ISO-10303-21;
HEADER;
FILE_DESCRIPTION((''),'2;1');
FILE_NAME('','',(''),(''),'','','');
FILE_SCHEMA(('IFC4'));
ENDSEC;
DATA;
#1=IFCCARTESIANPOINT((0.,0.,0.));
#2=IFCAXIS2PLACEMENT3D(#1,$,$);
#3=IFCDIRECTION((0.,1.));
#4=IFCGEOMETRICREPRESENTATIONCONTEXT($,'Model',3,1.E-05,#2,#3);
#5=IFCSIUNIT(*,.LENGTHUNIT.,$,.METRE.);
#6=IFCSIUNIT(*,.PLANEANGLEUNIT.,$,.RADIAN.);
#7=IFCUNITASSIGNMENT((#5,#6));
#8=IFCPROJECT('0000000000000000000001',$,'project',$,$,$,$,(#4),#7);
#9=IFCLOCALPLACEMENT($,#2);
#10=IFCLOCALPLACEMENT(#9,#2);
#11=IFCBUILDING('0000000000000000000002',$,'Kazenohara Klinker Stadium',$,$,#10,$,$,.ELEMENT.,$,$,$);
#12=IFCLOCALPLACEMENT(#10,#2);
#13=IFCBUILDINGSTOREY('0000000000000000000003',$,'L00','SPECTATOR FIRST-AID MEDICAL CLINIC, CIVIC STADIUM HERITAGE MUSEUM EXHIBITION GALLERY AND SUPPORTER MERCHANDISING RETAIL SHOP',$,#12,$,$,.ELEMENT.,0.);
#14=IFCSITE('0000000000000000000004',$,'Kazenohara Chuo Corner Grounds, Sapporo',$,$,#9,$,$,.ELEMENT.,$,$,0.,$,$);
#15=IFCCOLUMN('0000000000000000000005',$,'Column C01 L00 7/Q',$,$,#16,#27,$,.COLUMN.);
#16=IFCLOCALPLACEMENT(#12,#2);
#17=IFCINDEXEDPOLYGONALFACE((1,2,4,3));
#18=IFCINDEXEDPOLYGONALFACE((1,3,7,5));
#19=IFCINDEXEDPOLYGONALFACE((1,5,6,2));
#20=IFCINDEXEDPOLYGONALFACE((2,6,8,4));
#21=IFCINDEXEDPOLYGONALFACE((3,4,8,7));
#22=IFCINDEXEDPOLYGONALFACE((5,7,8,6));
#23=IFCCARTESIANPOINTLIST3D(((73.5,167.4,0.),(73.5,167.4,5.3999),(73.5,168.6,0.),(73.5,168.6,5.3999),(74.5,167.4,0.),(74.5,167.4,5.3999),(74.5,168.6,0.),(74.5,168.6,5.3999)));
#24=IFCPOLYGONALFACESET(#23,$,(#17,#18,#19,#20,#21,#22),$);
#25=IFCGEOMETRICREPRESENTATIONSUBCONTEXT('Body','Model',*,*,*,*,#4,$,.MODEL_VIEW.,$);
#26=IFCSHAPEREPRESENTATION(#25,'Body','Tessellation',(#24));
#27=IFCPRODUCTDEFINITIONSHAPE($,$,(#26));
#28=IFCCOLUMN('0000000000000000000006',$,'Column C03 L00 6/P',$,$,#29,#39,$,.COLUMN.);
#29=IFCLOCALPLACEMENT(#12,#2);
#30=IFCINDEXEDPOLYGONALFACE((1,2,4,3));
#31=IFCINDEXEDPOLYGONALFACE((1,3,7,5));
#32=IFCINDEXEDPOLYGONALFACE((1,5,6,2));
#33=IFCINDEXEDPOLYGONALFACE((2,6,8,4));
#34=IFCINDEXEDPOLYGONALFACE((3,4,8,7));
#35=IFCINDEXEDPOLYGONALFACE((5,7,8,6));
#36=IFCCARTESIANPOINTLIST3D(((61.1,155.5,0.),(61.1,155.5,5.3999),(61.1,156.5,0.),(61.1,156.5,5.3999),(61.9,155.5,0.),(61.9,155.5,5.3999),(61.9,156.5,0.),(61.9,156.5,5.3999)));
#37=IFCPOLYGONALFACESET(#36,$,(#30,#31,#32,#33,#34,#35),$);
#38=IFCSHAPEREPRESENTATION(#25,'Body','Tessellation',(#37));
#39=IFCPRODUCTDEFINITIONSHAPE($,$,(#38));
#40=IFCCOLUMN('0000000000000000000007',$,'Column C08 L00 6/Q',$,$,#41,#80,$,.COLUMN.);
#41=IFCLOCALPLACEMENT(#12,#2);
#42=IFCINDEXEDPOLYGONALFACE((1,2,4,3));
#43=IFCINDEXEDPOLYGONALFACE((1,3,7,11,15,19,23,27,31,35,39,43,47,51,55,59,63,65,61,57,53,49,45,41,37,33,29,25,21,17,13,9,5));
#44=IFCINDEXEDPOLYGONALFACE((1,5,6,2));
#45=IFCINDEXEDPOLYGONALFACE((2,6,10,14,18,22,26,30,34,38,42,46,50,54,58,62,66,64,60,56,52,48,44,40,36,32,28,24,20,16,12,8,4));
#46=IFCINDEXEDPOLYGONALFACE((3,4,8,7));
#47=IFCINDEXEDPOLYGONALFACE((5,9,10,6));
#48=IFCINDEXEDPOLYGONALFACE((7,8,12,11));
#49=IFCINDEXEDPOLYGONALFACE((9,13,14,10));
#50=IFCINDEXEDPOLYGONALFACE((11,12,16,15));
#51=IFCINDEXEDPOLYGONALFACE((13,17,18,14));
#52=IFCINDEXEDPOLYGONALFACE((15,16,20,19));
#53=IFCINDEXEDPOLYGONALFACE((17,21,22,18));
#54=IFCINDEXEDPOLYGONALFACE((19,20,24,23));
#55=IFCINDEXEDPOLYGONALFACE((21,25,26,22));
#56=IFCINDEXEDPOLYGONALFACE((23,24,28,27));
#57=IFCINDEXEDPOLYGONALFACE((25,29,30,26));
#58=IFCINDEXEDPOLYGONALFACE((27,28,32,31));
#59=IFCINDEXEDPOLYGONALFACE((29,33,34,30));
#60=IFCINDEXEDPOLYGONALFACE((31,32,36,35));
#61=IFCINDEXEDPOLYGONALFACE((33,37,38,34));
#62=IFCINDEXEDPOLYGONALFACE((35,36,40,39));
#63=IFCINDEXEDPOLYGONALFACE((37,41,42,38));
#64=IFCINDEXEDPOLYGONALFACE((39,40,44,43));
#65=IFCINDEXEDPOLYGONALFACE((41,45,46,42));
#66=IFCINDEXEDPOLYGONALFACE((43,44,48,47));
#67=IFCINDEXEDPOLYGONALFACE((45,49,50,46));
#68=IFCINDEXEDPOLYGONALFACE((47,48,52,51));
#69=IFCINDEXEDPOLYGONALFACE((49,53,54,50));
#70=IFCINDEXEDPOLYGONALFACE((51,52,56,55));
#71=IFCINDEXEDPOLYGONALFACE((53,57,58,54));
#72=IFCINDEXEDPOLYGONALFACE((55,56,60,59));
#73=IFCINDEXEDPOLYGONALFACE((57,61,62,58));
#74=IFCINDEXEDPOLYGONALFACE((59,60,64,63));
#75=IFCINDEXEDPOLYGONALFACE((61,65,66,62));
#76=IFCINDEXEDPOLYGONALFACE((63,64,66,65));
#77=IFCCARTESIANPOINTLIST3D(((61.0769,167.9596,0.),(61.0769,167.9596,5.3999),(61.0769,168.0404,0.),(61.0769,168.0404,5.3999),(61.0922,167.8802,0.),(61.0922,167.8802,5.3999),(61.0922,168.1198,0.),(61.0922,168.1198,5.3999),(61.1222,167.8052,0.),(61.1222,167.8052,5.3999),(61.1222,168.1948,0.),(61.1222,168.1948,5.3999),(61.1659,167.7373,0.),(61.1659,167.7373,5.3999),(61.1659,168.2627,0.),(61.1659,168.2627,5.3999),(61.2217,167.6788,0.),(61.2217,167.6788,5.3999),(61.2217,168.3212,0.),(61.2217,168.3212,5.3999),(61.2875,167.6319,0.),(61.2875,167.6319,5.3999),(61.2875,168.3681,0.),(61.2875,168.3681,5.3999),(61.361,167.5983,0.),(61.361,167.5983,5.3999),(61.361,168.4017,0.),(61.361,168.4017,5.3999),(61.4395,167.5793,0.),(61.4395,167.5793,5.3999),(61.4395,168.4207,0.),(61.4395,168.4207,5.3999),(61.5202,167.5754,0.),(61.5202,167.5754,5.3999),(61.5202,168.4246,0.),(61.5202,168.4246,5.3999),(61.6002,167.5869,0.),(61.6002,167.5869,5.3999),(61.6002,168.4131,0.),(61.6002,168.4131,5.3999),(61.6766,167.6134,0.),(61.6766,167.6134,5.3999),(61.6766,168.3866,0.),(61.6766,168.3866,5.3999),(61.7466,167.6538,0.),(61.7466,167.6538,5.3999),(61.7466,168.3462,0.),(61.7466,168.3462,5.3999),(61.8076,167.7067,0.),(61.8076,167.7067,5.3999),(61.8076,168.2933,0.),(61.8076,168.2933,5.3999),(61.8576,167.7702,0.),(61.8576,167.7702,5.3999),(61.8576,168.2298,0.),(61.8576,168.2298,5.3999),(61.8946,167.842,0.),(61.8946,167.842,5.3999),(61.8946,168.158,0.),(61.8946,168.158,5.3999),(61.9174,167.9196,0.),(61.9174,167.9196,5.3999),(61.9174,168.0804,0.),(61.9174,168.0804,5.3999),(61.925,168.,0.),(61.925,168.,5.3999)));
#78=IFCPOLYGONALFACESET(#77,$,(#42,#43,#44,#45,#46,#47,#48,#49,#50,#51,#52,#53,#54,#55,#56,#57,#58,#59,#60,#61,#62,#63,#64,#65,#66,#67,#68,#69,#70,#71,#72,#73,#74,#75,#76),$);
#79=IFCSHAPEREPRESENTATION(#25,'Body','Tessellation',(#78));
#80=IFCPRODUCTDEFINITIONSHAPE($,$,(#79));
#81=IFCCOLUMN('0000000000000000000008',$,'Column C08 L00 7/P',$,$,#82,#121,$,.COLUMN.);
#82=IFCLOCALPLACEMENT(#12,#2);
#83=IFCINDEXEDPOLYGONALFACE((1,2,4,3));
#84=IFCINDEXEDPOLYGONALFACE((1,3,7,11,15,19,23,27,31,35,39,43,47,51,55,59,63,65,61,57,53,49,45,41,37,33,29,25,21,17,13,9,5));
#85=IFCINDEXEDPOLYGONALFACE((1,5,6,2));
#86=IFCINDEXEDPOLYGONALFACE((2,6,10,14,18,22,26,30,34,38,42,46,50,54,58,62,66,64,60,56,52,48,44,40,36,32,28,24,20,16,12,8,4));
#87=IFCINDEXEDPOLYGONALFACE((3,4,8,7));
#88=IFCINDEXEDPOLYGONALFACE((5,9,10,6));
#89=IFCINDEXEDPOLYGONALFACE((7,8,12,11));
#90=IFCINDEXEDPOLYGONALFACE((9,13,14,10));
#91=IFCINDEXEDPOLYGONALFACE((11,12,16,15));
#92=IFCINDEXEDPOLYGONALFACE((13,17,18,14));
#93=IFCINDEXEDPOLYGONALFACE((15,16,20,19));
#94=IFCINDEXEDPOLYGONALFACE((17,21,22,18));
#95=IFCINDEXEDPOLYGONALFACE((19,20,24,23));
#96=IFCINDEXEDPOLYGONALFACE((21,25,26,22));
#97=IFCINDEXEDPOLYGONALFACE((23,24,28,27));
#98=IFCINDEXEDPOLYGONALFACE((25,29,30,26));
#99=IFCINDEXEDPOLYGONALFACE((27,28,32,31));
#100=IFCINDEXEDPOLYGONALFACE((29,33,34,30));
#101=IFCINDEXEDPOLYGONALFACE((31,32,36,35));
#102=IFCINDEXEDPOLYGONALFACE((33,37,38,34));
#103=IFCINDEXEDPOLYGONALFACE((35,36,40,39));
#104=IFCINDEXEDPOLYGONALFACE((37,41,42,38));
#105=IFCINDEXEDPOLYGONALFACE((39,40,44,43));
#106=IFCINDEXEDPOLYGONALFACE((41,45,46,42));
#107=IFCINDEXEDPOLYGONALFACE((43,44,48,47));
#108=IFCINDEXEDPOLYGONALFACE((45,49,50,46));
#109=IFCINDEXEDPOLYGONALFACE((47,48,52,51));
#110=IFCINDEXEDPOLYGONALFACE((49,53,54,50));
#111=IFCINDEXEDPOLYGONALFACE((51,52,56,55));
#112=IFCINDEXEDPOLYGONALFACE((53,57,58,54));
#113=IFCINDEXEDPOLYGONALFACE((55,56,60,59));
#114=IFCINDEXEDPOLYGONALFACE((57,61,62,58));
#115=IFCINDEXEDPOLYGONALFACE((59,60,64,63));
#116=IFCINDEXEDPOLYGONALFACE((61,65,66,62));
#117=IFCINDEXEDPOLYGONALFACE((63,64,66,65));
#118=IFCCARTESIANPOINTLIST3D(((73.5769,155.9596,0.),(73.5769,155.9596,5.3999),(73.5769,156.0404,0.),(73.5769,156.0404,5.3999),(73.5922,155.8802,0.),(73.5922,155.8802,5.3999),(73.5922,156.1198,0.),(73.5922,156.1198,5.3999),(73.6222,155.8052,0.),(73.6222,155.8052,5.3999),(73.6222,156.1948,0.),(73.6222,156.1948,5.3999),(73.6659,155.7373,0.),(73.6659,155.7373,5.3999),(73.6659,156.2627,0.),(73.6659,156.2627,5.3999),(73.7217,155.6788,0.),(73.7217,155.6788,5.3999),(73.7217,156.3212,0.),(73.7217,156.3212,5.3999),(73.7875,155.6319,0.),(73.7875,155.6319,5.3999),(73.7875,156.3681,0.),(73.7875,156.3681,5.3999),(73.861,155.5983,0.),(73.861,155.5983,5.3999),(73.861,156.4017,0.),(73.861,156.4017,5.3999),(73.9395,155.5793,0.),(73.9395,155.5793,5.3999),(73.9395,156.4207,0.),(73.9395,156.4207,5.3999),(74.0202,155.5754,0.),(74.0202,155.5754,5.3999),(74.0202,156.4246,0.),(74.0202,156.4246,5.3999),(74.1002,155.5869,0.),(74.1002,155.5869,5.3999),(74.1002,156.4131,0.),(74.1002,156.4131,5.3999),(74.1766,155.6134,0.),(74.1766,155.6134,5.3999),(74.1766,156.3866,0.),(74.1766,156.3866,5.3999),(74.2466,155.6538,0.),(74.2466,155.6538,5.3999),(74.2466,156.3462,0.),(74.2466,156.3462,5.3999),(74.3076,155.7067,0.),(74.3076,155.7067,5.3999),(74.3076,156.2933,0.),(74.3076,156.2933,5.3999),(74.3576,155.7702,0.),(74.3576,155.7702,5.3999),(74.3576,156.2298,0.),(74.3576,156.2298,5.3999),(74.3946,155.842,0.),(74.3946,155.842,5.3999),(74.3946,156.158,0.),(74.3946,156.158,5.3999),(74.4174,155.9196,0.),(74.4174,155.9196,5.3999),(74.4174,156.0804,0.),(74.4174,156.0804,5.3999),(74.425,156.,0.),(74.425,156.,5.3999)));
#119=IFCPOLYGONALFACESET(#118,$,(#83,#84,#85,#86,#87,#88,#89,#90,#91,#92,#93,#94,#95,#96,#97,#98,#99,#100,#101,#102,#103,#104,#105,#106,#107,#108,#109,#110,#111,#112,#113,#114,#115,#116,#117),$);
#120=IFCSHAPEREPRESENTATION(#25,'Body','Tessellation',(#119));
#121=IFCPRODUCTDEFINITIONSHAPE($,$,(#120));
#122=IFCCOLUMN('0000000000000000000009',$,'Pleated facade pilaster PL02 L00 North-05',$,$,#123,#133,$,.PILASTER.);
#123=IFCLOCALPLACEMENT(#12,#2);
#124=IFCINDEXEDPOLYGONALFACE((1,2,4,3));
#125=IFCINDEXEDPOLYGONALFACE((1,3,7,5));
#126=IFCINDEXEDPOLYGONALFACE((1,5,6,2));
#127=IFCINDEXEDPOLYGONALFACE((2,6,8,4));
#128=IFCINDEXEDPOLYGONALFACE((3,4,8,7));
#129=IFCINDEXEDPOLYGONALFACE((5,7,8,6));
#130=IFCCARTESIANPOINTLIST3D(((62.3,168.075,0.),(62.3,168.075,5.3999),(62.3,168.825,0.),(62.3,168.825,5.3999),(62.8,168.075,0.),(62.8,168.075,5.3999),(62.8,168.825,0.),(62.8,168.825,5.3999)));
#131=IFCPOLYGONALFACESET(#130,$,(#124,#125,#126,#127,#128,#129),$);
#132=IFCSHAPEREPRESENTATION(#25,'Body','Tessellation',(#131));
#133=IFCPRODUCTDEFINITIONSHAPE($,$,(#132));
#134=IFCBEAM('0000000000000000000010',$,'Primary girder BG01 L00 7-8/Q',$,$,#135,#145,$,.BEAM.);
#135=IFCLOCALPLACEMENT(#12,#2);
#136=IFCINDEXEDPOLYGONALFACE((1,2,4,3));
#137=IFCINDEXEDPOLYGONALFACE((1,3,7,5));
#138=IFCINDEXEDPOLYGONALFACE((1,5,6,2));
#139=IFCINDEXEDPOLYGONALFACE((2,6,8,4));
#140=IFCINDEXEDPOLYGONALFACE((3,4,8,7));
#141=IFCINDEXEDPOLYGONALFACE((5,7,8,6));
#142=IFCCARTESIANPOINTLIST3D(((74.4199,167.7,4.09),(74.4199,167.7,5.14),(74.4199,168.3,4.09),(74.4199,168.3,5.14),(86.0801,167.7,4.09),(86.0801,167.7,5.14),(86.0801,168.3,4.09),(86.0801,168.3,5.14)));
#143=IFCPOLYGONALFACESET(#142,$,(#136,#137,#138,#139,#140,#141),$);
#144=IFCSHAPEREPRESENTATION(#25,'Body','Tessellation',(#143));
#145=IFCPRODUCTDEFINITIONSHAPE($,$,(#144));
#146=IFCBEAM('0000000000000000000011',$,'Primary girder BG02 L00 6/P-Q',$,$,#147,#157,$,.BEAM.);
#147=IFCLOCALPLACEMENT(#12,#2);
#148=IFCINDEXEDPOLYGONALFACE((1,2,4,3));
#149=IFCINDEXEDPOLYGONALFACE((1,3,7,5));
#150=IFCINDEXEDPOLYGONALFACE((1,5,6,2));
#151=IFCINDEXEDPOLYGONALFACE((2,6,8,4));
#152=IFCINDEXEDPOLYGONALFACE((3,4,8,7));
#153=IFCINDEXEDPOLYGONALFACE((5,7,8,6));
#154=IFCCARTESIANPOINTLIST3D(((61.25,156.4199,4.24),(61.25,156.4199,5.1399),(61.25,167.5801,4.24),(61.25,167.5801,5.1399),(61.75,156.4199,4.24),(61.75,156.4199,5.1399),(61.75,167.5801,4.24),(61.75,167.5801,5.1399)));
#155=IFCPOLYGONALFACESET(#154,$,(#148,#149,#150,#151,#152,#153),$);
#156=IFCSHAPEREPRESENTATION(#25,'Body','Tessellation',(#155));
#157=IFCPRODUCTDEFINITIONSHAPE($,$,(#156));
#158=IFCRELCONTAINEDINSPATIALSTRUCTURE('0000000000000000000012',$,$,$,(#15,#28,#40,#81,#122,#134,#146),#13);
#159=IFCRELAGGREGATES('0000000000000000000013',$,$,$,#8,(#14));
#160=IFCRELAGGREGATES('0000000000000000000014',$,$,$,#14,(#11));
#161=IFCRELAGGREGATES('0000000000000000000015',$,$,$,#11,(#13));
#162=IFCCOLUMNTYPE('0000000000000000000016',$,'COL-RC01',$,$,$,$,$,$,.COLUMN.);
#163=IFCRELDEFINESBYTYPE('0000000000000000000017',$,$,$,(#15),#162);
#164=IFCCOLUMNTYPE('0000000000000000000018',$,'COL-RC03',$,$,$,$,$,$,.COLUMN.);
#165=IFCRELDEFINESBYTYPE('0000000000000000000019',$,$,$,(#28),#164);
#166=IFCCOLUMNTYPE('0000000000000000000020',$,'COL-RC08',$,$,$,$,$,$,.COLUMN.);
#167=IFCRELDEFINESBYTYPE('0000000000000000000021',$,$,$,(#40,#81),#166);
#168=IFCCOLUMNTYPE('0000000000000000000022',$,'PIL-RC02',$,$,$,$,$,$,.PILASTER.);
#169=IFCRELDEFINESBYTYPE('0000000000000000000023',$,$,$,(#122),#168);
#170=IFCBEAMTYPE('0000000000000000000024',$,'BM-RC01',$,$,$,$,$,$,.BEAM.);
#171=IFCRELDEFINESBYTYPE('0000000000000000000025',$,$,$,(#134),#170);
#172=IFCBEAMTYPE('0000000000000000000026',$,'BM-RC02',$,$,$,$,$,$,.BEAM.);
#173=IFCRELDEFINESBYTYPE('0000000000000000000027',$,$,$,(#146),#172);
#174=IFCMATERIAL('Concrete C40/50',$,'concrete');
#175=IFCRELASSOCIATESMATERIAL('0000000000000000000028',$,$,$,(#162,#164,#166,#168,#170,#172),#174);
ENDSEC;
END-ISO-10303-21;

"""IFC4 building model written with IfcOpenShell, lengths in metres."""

from ifc_helpers import new_model, si_unit, direction, frame, origin, origin_2d, place, context, subcontext, project, spatial, rectangle, circle, extrude, material, material_profile, profile_set, type_object, element, save


model = new_model("IFC4")

# Units and contexts
model_context = context("Model", 3, precision=1e-05, world=origin(), true_north=direction((0.0, 1.0)))
body_context = subcontext(model_context, "Body", "Model", "MODEL_VIEW")
ifc_project = project(units=[si_unit("LENGTHUNIT", "METRE"), si_unit("PLANEANGLEUNIT", "RADIAN")], contexts=[model_context])

# Site, building, storey
site_placement = place(None, origin())
site = spatial("IfcSite", under=ifc_project, at=site_placement, Name="Kazenohara Chuo Corner Grounds, Sapporo", CompositionType="ELEMENT", RefElevation=0.0)
building_placement = place(site_placement, origin())
building = spatial("IfcBuilding", under=site, at=building_placement, Name="Kazenohara Klinker Stadium", CompositionType="ELEMENT")
storey_placement = place(building_placement, origin())
storey = spatial("IfcBuildingStorey", under=building, at=storey_placement, Name="L00", Description="SPECTATOR FIRST-AID MEDICAL CLINIC, CIVIC STADIUM HERITAGE MUSEUM EXHIBITION GALLERY AND SUPPORTER MERCHANDISING RETAIL SHOP", CompositionType="ELEMENT", Elevation=0.0)

# Columns
ifc_material_1 = material(Name="Concrete C40/50", Category="concrete")
ifc_material_profile_1 = material_profile(ifc_material_1, rectangle(XDim=1.0, YDim=1.2, at=origin_2d()), Name="RC-COL-1200x1000")
ifc_profile_set_1 = profile_set([ifc_material_profile_1], Name="Concrete C40/50")
column_type_1 = type_object("IfcColumnType", Name="COL-RC01", PredefinedType="COLUMN", material=ifc_profile_set_1)
column_1_placement = place(storey_placement, frame((74.0, 168.0, 0.0), z_axis=(0.0, 0.0, 1.0), x_axis=(1.0, 0.0, 0.0)))
element("IfcColumn", 1, at=column_1_placement, inside=storey, type_object=column_type_1, Name="Column C01 L00 7/Q", PredefinedType="COLUMN", context=body_context, shape_type="SweptSolid", body=[
    extrude(rectangle(XDim=1.0, YDim=1.2, at=origin_2d()), origin(), (0.0, 0.0, 1.0), 5.3999),
])
ifc_material_profile_2 = material_profile(ifc_material_1, rectangle(XDim=0.8, YDim=1.0, at=origin_2d()), Name="RC-COL-1000x800")
ifc_profile_set_2 = profile_set([ifc_material_profile_2], Name="Concrete C40/50")
column_type_2 = type_object("IfcColumnType", Name="COL-RC03", PredefinedType="COLUMN", material=ifc_profile_set_2)
column_2_placement = place(storey_placement, frame((61.5, 156.0, 0.0), z_axis=(0.0, 0.0, 1.0), x_axis=(1.0, 0.0, 0.0)))
element("IfcColumn", 2, at=column_2_placement, inside=storey, type_object=column_type_2, Name="Column C03 L00 6/P", PredefinedType="COLUMN", context=body_context, shape_type="SweptSolid", body=[
    extrude(rectangle(XDim=0.8, YDim=1.0, at=origin_2d()), origin(), (0.0, 0.0, 1.0), 5.3999),
])
ifc_material_profile_3 = material_profile(ifc_material_1, circle(Radius=0.425, at=origin_2d()), Name="RC-COL-D850")
ifc_profile_set_3 = profile_set([ifc_material_profile_3], Name="Concrete C40/50")
column_type_3 = type_object("IfcColumnType", Name="COL-RC08", PredefinedType="COLUMN", material=ifc_profile_set_3)
for number, where, z_axis, x_axis, name in (
    (3, (61.5, 168.0, 0.0), (0.0, 0.0, 1.0), (1.0, 0.0, 0.0), "Column C08 L00 6/Q"),
    (4, (74.0, 156.0, 0.0), (0.0, 0.0, 1.0), (1.0, 0.0, 0.0), "Column C08 L00 7/P"),
):
    element("IfcColumn", number, at=place(storey_placement, frame(where, z_axis=z_axis, x_axis=x_axis)), inside=storey, type_object=column_type_3, Name=name, PredefinedType="COLUMN", context=body_context, shape_type="SweptSolid", body=[
        extrude(circle(Radius=0.425, at=origin_2d()), origin(), (0.0, 0.0, 1.0), 5.3999),
    ])
ifc_material_profile_4 = material_profile(ifc_material_1, rectangle(XDim=0.5, YDim=0.75, at=origin_2d()), Name="RC-PILASTER-500x750")
ifc_profile_set_4 = profile_set([ifc_material_profile_4], Name="Concrete C40/50")
column_type_4 = type_object("IfcColumnType", Name="PIL-RC02", PredefinedType="PILASTER", material=ifc_profile_set_4)
column_3_placement = place(storey_placement, frame((62.55, 168.45, 0.0), z_axis=(0.0, 0.0, 1.0), x_axis=(1.0, 0.0, 0.0)))
element("IfcColumn", 5, at=column_3_placement, inside=storey, type_object=column_type_4, Name="Pleated facade pilaster PL02 L00 North-05", PredefinedType="PILASTER", context=body_context, shape_type="SweptSolid", body=[
    extrude(rectangle(XDim=0.5, YDim=0.75, at=origin_2d()), origin(), (0.0, 0.0, 1.0), 5.3999),
])

# Beams
ifc_material_profile_5 = material_profile(ifc_material_1, rectangle(XDim=0.6001, YDim=1.05, at=origin_2d()), Name="RC-BM-600x1050")
ifc_profile_set_5 = profile_set([ifc_material_profile_5], Name="Concrete C40/50")
beam_type_1 = type_object("IfcBeamType", Name="BM-RC01", PredefinedType="BEAM", material=ifc_profile_set_5)
beam_1_placement = place(storey_placement, frame((74.4199, 168.0, 4.615), z_axis=(1.0, 0.0, 0.0), x_axis=(0.0, 1.0, 0.0)))
element("IfcBeam", 6, at=beam_1_placement, inside=storey, type_object=beam_type_1, Name="Primary girder BG01 L00 7-8/Q", PredefinedType="BEAM", context=body_context, shape_type="SweptSolid", body=[
    extrude(rectangle(XDim=0.6001, YDim=1.05, at=origin_2d()), origin(), (0.0, 0.0, 1.0), 11.6602),
])
ifc_material_profile_6 = material_profile(ifc_material_1, rectangle(XDim=0.5, YDim=0.8999, at=origin_2d()), Name="RC-BM-500x900")
ifc_profile_set_6 = profile_set([ifc_material_profile_6], Name="Concrete C40/50")
beam_type_2 = type_object("IfcBeamType", Name="BM-RC02", PredefinedType="BEAM", material=ifc_profile_set_6)
beam_2_placement = place(storey_placement, frame((61.5, 156.4199, 4.6899), z_axis=(0.0, 1.0, 0.0), x_axis=(-1.0, 0.0, 0.0)))
element("IfcBeam", 7, at=beam_2_placement, inside=storey, type_object=beam_type_2, Name="Primary girder BG02 L00 6/P-Q", PredefinedType="BEAM", context=body_context, shape_type="SweptSolid", body=[
    extrude(rectangle(XDim=0.5, YDim=0.8999, at=origin_2d()), origin(), (0.0, 0.0, 1.0), 11.1602),
])

save(model, "model.ifc")
